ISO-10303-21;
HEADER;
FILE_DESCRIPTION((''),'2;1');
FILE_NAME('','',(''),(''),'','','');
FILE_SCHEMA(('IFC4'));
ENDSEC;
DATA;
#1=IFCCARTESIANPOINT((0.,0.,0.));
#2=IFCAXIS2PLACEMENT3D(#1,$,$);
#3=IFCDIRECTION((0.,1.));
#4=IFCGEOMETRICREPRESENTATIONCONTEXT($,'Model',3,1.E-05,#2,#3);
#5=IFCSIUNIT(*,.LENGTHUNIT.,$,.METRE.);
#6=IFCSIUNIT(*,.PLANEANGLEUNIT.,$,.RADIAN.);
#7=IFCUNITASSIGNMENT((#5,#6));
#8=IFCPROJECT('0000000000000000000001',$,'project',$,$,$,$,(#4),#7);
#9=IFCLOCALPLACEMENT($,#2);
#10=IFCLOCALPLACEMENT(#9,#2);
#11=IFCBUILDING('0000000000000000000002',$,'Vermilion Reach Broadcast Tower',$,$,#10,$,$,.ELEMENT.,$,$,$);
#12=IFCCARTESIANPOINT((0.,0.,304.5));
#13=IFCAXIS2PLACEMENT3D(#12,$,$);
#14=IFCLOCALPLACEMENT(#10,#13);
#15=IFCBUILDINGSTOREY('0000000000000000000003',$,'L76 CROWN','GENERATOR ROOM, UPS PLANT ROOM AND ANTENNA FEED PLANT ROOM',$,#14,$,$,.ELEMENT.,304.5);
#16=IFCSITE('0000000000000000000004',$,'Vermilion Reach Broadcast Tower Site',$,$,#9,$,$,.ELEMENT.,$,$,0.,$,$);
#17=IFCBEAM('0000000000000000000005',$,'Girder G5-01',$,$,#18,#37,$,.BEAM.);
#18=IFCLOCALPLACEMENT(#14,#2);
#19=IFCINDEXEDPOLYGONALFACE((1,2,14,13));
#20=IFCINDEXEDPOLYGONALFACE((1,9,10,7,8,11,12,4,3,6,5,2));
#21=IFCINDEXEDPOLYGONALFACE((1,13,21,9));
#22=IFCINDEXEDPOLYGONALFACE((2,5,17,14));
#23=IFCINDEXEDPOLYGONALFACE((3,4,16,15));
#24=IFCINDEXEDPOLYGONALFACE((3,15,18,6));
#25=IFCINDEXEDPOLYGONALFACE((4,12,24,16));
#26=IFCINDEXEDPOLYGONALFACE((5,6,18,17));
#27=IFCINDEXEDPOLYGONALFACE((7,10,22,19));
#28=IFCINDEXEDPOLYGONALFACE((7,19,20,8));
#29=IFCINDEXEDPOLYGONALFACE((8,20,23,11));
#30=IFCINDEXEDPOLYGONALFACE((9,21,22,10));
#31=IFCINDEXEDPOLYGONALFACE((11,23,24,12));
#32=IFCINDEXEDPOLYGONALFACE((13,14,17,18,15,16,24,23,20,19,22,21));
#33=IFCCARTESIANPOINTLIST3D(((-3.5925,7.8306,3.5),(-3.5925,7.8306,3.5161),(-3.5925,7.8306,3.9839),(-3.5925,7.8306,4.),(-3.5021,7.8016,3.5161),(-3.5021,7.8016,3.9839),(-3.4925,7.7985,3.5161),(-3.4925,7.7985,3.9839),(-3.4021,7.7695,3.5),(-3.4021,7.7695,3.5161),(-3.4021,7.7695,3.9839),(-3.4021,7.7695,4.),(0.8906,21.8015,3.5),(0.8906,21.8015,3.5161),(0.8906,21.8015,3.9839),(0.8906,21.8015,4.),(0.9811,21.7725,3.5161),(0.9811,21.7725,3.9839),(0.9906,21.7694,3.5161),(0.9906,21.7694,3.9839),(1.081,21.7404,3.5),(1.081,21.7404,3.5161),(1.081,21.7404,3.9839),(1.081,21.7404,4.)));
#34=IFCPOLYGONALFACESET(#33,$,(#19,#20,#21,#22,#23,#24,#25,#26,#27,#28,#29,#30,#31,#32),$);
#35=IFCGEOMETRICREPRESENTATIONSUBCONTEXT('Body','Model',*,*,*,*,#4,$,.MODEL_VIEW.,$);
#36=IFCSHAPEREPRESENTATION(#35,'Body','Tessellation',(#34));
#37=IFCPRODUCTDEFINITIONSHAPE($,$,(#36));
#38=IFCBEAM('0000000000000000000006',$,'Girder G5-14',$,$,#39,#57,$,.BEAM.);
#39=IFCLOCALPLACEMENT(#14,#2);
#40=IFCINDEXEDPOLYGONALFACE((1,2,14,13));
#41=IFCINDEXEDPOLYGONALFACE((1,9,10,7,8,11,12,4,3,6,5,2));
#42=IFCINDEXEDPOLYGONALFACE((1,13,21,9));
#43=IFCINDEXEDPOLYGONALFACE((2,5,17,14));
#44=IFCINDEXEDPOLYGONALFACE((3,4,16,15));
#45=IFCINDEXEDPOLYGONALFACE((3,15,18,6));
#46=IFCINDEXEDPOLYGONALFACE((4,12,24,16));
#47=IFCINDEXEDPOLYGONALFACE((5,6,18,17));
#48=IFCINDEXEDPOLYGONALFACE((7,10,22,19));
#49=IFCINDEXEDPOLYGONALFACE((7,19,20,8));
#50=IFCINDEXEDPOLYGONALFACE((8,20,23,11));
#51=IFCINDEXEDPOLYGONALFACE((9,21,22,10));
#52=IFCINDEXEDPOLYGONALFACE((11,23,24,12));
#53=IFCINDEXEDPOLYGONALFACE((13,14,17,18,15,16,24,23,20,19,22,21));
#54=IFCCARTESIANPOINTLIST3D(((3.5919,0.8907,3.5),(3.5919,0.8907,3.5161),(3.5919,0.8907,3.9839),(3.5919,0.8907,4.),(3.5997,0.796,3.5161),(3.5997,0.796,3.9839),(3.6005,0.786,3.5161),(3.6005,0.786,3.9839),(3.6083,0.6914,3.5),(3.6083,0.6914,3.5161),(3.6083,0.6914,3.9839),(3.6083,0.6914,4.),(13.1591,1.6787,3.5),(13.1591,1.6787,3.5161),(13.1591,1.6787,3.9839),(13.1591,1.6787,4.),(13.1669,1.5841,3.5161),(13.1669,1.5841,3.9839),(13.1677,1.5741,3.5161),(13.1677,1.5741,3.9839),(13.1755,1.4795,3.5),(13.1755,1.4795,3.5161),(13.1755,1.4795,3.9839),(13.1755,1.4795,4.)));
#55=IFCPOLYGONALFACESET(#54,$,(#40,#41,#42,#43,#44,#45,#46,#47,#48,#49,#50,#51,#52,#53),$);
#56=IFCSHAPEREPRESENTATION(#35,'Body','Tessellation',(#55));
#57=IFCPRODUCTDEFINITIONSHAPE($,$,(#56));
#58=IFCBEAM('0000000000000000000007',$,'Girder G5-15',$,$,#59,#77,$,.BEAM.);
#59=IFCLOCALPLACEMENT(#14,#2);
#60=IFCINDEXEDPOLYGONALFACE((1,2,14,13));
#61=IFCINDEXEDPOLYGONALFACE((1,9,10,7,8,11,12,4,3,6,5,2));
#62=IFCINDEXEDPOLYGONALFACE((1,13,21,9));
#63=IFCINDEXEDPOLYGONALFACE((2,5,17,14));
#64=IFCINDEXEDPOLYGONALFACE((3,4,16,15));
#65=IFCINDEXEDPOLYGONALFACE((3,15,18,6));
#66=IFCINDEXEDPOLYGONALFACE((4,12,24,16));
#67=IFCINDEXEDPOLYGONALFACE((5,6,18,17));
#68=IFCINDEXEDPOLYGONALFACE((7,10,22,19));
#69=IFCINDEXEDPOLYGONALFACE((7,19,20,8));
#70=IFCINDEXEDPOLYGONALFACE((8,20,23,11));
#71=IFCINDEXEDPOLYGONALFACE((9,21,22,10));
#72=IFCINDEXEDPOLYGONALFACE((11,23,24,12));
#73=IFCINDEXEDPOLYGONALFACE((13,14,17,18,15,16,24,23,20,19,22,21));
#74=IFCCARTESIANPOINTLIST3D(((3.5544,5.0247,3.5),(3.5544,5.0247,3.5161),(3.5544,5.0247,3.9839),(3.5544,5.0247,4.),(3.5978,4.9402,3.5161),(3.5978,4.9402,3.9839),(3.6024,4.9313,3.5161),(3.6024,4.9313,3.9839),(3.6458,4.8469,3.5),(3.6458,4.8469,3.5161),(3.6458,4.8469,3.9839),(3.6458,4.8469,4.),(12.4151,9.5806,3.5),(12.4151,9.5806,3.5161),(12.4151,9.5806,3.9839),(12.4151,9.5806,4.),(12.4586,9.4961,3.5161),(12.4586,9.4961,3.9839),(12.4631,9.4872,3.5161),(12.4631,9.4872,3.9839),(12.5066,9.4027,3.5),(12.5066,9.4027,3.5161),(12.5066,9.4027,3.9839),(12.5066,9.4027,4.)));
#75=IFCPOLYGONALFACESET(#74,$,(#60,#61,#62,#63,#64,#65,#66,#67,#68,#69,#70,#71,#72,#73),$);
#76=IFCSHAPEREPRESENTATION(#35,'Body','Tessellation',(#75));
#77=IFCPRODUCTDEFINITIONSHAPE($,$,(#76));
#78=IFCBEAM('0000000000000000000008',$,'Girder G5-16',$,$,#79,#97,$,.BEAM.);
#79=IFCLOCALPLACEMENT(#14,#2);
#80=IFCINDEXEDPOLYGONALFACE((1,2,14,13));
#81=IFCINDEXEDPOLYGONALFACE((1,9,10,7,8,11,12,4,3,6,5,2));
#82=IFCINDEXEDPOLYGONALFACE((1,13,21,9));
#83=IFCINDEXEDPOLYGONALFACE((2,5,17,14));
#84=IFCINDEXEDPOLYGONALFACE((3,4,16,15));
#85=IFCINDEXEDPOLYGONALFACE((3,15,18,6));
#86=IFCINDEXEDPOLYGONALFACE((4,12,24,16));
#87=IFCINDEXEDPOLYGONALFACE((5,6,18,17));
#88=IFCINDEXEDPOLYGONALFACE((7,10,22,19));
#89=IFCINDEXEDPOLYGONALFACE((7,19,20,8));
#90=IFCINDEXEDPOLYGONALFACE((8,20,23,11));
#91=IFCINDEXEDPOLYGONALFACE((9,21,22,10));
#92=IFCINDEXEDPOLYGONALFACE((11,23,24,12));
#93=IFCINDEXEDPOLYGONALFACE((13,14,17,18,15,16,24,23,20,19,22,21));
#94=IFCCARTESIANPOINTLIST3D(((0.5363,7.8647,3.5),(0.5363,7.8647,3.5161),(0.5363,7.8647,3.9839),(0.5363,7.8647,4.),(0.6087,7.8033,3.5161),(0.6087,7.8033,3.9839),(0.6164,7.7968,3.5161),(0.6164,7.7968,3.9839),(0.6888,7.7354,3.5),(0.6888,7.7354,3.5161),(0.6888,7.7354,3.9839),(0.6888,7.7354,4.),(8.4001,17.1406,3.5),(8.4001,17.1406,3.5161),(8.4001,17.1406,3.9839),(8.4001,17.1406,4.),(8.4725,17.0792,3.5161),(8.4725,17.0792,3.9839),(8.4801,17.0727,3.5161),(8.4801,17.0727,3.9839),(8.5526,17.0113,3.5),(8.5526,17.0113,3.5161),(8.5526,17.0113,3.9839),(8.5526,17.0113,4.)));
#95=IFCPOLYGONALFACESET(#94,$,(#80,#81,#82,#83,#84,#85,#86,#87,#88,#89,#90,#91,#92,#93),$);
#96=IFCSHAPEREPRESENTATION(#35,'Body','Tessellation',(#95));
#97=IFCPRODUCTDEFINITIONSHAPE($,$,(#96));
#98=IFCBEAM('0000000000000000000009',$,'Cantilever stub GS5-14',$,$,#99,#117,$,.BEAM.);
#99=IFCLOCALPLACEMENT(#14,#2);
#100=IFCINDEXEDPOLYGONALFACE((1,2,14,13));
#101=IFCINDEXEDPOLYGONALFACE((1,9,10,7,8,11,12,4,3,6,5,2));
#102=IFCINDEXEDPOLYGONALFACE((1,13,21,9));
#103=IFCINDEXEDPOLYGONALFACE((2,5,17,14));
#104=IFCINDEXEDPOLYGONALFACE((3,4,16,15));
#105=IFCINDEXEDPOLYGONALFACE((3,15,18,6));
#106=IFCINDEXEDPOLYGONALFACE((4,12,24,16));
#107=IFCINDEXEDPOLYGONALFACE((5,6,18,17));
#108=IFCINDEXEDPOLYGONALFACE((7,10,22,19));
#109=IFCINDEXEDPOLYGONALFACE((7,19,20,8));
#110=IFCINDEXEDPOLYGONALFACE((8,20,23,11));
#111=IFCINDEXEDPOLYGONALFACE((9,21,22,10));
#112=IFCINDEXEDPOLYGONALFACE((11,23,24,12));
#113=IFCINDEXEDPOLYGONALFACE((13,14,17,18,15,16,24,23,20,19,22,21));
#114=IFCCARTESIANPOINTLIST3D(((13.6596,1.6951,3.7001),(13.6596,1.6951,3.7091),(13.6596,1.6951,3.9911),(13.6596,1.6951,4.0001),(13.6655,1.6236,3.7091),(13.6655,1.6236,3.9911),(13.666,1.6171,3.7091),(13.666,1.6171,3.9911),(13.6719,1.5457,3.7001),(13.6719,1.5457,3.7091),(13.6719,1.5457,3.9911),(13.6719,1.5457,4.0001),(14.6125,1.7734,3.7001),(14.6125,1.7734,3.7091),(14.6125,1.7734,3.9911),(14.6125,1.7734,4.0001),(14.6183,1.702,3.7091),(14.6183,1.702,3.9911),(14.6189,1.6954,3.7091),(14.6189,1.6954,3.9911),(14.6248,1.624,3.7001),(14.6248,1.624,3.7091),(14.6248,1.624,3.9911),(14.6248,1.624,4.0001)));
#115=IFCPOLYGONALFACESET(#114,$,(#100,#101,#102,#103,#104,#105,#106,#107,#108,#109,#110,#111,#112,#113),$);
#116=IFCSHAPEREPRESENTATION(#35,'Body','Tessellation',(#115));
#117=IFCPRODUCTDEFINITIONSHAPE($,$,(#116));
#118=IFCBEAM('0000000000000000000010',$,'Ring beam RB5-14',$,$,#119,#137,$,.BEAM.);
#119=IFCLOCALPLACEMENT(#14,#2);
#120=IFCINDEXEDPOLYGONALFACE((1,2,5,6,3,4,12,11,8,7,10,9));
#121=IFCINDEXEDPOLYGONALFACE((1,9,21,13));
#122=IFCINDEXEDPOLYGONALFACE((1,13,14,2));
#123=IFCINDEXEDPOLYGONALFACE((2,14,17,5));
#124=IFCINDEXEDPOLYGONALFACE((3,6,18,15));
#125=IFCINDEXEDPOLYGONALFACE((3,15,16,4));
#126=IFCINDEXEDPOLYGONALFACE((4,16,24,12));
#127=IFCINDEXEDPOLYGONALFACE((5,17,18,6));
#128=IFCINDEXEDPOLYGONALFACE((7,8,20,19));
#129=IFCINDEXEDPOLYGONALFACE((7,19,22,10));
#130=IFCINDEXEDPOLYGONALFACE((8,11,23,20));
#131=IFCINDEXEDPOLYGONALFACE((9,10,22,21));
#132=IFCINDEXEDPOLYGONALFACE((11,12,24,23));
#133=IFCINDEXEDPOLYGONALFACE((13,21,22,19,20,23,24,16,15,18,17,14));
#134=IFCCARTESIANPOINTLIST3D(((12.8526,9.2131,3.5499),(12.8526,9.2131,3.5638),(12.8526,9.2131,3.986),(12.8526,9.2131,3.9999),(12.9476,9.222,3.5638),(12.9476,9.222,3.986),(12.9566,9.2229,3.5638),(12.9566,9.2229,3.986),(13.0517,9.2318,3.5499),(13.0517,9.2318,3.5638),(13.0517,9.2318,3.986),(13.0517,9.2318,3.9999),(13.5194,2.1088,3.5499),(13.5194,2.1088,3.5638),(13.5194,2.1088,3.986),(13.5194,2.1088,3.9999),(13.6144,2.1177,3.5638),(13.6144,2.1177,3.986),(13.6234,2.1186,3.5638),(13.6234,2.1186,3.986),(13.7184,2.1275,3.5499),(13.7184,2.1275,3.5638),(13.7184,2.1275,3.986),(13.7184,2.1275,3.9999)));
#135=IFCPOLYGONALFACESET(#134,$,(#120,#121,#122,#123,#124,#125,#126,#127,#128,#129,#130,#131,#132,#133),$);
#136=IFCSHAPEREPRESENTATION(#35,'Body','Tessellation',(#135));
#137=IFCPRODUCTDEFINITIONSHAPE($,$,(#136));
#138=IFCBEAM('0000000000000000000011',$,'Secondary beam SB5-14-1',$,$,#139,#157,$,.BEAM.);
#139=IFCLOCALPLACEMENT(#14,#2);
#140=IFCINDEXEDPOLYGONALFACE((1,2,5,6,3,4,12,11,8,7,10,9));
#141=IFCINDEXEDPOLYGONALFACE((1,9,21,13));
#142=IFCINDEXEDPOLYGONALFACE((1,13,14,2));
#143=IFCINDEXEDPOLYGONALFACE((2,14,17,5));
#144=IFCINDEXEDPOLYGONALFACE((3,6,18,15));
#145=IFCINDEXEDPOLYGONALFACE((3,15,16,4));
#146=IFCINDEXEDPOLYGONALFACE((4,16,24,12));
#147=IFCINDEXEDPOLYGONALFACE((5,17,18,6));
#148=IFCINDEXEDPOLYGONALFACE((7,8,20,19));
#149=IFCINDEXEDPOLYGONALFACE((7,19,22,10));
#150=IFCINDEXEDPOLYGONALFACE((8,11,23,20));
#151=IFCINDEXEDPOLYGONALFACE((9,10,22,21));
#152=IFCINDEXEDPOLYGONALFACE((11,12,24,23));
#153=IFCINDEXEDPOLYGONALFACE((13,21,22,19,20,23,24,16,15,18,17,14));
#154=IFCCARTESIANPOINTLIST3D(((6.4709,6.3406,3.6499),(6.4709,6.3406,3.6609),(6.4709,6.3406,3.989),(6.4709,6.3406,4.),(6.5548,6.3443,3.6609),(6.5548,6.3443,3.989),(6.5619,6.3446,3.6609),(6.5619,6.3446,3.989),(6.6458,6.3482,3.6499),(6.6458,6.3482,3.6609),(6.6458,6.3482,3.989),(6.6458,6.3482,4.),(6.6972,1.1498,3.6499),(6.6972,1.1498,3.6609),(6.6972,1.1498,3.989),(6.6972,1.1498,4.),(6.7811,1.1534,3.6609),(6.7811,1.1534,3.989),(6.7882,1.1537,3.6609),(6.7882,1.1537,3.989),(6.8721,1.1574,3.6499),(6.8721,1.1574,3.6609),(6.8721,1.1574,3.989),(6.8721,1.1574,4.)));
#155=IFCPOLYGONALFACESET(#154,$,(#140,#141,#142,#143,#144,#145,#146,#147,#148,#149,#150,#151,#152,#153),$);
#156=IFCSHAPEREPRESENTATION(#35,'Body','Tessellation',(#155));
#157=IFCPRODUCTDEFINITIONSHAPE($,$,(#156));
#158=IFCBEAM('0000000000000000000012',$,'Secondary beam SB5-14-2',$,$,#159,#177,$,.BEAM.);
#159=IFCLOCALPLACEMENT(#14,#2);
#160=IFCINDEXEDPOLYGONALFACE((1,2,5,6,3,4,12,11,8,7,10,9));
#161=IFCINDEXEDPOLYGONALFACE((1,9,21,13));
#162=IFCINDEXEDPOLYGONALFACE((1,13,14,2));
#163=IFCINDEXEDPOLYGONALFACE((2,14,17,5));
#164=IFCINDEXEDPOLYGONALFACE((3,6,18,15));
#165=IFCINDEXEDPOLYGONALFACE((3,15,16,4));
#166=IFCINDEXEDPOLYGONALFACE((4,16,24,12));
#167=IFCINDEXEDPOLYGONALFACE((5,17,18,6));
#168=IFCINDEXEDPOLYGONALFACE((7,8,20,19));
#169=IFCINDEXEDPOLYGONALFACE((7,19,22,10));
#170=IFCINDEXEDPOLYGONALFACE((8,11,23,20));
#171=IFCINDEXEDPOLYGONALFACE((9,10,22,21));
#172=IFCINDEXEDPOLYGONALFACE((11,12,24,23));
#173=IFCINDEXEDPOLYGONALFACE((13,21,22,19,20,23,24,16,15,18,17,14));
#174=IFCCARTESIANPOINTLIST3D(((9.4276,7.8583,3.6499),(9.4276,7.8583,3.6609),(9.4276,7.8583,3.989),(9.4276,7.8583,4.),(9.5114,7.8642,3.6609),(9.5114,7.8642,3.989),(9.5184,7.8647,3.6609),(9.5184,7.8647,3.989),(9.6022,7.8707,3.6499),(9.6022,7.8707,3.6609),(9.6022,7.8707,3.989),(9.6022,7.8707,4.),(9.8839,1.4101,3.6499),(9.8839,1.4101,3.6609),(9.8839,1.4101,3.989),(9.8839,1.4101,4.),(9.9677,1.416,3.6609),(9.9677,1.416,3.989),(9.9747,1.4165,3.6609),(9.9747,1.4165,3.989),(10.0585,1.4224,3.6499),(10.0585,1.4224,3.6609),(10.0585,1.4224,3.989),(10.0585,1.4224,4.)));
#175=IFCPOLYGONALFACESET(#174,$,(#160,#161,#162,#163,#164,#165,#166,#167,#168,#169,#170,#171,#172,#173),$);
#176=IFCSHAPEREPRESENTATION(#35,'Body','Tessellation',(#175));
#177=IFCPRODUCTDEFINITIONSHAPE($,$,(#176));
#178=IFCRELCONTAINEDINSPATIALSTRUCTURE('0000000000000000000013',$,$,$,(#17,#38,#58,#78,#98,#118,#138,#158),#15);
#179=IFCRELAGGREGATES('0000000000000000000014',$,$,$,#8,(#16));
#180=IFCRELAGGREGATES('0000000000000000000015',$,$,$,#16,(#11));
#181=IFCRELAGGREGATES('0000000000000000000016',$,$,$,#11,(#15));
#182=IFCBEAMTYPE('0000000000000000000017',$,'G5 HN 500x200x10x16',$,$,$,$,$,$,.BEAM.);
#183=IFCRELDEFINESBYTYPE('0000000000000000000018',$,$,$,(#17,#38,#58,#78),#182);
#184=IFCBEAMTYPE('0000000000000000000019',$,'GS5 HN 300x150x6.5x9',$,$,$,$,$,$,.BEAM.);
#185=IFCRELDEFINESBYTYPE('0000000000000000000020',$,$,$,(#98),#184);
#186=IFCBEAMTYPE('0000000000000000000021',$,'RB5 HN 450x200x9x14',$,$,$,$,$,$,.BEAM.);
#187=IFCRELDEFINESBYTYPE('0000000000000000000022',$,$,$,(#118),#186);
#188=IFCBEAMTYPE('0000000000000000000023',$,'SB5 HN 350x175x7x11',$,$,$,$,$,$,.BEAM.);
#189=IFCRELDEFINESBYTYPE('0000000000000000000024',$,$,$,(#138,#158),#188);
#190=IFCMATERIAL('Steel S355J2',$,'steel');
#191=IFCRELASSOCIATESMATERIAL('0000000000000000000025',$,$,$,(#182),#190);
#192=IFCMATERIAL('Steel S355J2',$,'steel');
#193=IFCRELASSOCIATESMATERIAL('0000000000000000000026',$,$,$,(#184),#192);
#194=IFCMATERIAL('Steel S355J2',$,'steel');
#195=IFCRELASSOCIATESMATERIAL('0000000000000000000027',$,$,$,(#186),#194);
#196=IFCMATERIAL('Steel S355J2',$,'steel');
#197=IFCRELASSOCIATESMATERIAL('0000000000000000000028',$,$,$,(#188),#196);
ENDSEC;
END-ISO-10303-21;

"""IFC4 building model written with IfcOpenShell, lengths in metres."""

from ifc_helpers import new_model, si_unit, direction, frame, origin, origin_2d, place, context, subcontext, project, spatial, i_section, extrude, material, material_profile, profile_set, type_object, element, save


model = new_model("IFC4")

# Units and contexts
model_context = context("Model", 3, precision=1e-05, world=origin(), true_north=direction((0.0, 1.0)))
body_context = subcontext(model_context, "Body", "Model", "MODEL_VIEW")
ifc_project = project(units=[si_unit("LENGTHUNIT", "METRE"), si_unit("PLANEANGLEUNIT", "RADIAN")], contexts=[model_context])

# Site, building, storey
site_placement = place(None, origin())
site = spatial("IfcSite", under=ifc_project, at=site_placement, Name="Vermilion Reach Broadcast Tower Site", CompositionType="ELEMENT", RefElevation=0.0)
building_placement = place(site_placement, origin())
building = spatial("IfcBuilding", under=site, at=building_placement, Name="Vermilion Reach Broadcast Tower", CompositionType="ELEMENT")
storey_placement = place(building_placement, frame((0.0, 0.0, 304.5)))
storey = spatial("IfcBuildingStorey", under=building, at=storey_placement, Name="L76 CROWN", Description="GENERATOR ROOM, UPS PLANT ROOM AND ANTENNA FEED PLANT ROOM", CompositionType="ELEMENT", Elevation=304.5)

# Beams
ifc_material_1 = material(Name="Steel S355J2", Category="steel")
ifc_material_profile_1 = material_profile(ifc_material_1, i_section(OverallWidth=0.2, OverallDepth=0.5, WebThickness=0.01, FlangeThickness=0.0161, at=origin_2d()), Name="S355J2 HN 500x200x10x16")
ifc_profile_set_1 = profile_set([ifc_material_profile_1], Name="Steel S355J2")
beam_type_1 = type_object("IfcBeamType", Name="G5 HN 500x200x10x16", PredefinedType="BEAM", material=ifc_profile_set_1)
beam_1_placement = place(storey_placement, frame((-3.4973, 7.8, 3.75), z_axis=(0.305545, 0.952178, 0.0), x_axis=(-0.952178, 0.305545, 0.0)))
element("IfcBeam", 1, at=beam_1_placement, inside=storey, type_object=beam_type_1, Name="Girder G5-01", PredefinedType="BEAM", context=body_context, shape_type="SweptSolid", body=[
    extrude(i_section(OverallWidth=0.2, OverallDepth=0.5, WebThickness=0.01, FlangeThickness=0.0161, at=origin_2d()), origin(), (0.0, 0.0, 1.0), 14.6726),
])
beam_2_placement = place(storey_placement, frame((3.6001, 0.791, 3.75), z_axis=(0.996624, 0.082096, 0.0), x_axis=(-0.082096, 0.996624, 0.0)))
element("IfcBeam", 2, at=beam_2_placement, inside=storey, type_object=beam_type_1, Name="Girder G5-14", PredefinedType="BEAM", context=body_context, shape_type="SweptSolid", body=[
    extrude(i_section(OverallWidth=0.2, OverallDepth=0.5, WebThickness=0.01, FlangeThickness=0.0161, at=origin_2d()), origin(), (0.0, 0.0, 1.0), 9.5996),
])
beam_3_placement = place(storey_placement, frame((3.6001, 4.9358, 3.75), z_axis=(0.889333, 0.457261, 0.0), x_axis=(-0.457261, 0.889333, 0.0)))
element("IfcBeam", 3, at=beam_3_placement, inside=storey, type_object=beam_type_1, Name="Girder G5-15", PredefinedType="BEAM", context=body_context, shape_type="SweptSolid", body=[
    extrude(i_section(OverallWidth=0.2, OverallDepth=0.5, WebThickness=0.01, FlangeThickness=0.0161, at=origin_2d()), origin(), (0.0, 0.0, 1.0), 9.9634),
])
beam_4_placement = place(storey_placement, frame((0.6125, 7.8, 3.75), z_axis=(0.646658, 0.76278, 0.0), x_axis=(-0.76278, 0.646658, 0.0)))
element("IfcBeam", 4, at=beam_4_placement, inside=storey, type_object=beam_type_1, Name="Girder G5-16", PredefinedType="BEAM", context=body_context, shape_type="SweptSolid", body=[
    extrude(i_section(OverallWidth=0.2, OverallDepth=0.5, WebThickness=0.01, FlangeThickness=0.0161, at=origin_2d()), origin(), (0.0, 0.0, 1.0), 12.1606),
])
ifc_material_2 = material(Name="Steel S355J2", Category="steel")
ifc_material_profile_2 = material_profile(ifc_material_2, i_section(OverallWidth=0.1499, OverallDepth=0.3, WebThickness=0.0066, FlangeThickness=0.009, at=origin_2d()), Name="S355J2 HN 300x150x6.5x9")
ifc_profile_set_2 = profile_set([ifc_material_profile_2], Name="Steel S355J2")
beam_type_2 = type_object("IfcBeamType", Name="GS5 HN 300x150x6.5x9", PredefinedType="BEAM", material=ifc_profile_set_2)
beam_5_placement = place(storey_placement, frame((13.6658, 1.6204, 3.8501), z_axis=(0.996635, 0.081968, 0.0), x_axis=(-0.081968, 0.996635, 0.0)))
element("IfcBeam", 5, at=beam_5_placement, inside=storey, type_object=beam_type_2, Name="Cantilever stub GS5-14", PredefinedType="BEAM", context=body_context, shape_type="SweptSolid", body=[
    extrude(i_section(OverallWidth=0.1499, OverallDepth=0.3, WebThickness=0.0066, FlangeThickness=0.009, at=origin_2d()), origin(), (0.0, 0.0, 1.0), 0.9561),
])
ifc_material_3 = material(Name="Steel S355J2", Category="steel")
ifc_material_profile_3 = material_profile(ifc_material_3, i_section(OverallWidth=0.2, OverallDepth=0.45, WebThickness=0.009, FlangeThickness=0.0139, at=origin_2d()), Name="S355J2 HN 450x200x9x14")
ifc_profile_set_3 = profile_set([ifc_material_profile_3], Name="Steel S355J2")
beam_type_3 = type_object("IfcBeamType", Name="RB5 HN 450x200x9x14", PredefinedType="BEAM", material=ifc_profile_set_3)
beam_6_placement = place(storey_placement, frame((13.6189, 2.1182, 3.7749), z_axis=(-0.093441, 0.995625, 0.0), x_axis=(-0.995625, -0.093441, 0.0)))
element("IfcBeam", 6, at=beam_6_placement, inside=storey, type_object=beam_type_3, Name="Ring beam RB5-14", PredefinedType="BEAM", context=body_context, shape_type="SweptSolid", body=[
    extrude(i_section(OverallWidth=0.2, OverallDepth=0.45, WebThickness=0.009, FlangeThickness=0.0139, at=origin_2d()), origin(), (0.0, 0.0, 1.0), 7.1355),
])
ifc_material_4 = material(Name="Steel S355J2", Category="steel")
ifc_material_profile_4 = material_profile(ifc_material_4, i_section(OverallWidth=0.175, OverallDepth=0.3501, WebThickness=0.0071, FlangeThickness=0.011, at=origin_2d()), Name="S355J2 HN 350x175x7x11")
ifc_profile_set_4 = profile_set([ifc_material_profile_4], Name="Steel S355J2")
beam_type_4 = type_object("IfcBeamType", Name="SB5 HN 350x175x7x11", PredefinedType="BEAM", material=ifc_profile_set_4)
beam_7_placement = place(storey_placement, frame((6.7847, 1.1536, 3.825), z_axis=(-0.043558, 0.999051, 0.0), x_axis=(-0.999051, -0.043558, 0.0)))
element("IfcBeam", 7, at=beam_7_placement, inside=storey, type_object=beam_type_4, Name="Secondary beam SB5-14-1", PredefinedType="BEAM", context=body_context, shape_type="SweptSolid", body=[
    extrude(i_section(OverallWidth=0.175, OverallDepth=0.3501, WebThickness=0.0071, FlangeThickness=0.011, at=origin_2d()), origin(), (0.0, 0.0, 1.0), 5.1958),
])
beam_8_placement = place(storey_placement, frame((9.9712, 1.4163, 3.825), z_axis=(-0.070587, 0.997506, 0.0), x_axis=(-0.997506, -0.070587, 0.0)))
element("IfcBeam", 8, at=beam_8_placement, inside=storey, type_object=beam_type_4, Name="Secondary beam SB5-14-2", PredefinedType="BEAM", context=body_context, shape_type="SweptSolid", body=[
    extrude(i_section(OverallWidth=0.175, OverallDepth=0.3501, WebThickness=0.0071, FlangeThickness=0.011, at=origin_2d()), origin(), (0.0, 0.0, 1.0), 6.4644),
])

save(model, "model.ifc")
